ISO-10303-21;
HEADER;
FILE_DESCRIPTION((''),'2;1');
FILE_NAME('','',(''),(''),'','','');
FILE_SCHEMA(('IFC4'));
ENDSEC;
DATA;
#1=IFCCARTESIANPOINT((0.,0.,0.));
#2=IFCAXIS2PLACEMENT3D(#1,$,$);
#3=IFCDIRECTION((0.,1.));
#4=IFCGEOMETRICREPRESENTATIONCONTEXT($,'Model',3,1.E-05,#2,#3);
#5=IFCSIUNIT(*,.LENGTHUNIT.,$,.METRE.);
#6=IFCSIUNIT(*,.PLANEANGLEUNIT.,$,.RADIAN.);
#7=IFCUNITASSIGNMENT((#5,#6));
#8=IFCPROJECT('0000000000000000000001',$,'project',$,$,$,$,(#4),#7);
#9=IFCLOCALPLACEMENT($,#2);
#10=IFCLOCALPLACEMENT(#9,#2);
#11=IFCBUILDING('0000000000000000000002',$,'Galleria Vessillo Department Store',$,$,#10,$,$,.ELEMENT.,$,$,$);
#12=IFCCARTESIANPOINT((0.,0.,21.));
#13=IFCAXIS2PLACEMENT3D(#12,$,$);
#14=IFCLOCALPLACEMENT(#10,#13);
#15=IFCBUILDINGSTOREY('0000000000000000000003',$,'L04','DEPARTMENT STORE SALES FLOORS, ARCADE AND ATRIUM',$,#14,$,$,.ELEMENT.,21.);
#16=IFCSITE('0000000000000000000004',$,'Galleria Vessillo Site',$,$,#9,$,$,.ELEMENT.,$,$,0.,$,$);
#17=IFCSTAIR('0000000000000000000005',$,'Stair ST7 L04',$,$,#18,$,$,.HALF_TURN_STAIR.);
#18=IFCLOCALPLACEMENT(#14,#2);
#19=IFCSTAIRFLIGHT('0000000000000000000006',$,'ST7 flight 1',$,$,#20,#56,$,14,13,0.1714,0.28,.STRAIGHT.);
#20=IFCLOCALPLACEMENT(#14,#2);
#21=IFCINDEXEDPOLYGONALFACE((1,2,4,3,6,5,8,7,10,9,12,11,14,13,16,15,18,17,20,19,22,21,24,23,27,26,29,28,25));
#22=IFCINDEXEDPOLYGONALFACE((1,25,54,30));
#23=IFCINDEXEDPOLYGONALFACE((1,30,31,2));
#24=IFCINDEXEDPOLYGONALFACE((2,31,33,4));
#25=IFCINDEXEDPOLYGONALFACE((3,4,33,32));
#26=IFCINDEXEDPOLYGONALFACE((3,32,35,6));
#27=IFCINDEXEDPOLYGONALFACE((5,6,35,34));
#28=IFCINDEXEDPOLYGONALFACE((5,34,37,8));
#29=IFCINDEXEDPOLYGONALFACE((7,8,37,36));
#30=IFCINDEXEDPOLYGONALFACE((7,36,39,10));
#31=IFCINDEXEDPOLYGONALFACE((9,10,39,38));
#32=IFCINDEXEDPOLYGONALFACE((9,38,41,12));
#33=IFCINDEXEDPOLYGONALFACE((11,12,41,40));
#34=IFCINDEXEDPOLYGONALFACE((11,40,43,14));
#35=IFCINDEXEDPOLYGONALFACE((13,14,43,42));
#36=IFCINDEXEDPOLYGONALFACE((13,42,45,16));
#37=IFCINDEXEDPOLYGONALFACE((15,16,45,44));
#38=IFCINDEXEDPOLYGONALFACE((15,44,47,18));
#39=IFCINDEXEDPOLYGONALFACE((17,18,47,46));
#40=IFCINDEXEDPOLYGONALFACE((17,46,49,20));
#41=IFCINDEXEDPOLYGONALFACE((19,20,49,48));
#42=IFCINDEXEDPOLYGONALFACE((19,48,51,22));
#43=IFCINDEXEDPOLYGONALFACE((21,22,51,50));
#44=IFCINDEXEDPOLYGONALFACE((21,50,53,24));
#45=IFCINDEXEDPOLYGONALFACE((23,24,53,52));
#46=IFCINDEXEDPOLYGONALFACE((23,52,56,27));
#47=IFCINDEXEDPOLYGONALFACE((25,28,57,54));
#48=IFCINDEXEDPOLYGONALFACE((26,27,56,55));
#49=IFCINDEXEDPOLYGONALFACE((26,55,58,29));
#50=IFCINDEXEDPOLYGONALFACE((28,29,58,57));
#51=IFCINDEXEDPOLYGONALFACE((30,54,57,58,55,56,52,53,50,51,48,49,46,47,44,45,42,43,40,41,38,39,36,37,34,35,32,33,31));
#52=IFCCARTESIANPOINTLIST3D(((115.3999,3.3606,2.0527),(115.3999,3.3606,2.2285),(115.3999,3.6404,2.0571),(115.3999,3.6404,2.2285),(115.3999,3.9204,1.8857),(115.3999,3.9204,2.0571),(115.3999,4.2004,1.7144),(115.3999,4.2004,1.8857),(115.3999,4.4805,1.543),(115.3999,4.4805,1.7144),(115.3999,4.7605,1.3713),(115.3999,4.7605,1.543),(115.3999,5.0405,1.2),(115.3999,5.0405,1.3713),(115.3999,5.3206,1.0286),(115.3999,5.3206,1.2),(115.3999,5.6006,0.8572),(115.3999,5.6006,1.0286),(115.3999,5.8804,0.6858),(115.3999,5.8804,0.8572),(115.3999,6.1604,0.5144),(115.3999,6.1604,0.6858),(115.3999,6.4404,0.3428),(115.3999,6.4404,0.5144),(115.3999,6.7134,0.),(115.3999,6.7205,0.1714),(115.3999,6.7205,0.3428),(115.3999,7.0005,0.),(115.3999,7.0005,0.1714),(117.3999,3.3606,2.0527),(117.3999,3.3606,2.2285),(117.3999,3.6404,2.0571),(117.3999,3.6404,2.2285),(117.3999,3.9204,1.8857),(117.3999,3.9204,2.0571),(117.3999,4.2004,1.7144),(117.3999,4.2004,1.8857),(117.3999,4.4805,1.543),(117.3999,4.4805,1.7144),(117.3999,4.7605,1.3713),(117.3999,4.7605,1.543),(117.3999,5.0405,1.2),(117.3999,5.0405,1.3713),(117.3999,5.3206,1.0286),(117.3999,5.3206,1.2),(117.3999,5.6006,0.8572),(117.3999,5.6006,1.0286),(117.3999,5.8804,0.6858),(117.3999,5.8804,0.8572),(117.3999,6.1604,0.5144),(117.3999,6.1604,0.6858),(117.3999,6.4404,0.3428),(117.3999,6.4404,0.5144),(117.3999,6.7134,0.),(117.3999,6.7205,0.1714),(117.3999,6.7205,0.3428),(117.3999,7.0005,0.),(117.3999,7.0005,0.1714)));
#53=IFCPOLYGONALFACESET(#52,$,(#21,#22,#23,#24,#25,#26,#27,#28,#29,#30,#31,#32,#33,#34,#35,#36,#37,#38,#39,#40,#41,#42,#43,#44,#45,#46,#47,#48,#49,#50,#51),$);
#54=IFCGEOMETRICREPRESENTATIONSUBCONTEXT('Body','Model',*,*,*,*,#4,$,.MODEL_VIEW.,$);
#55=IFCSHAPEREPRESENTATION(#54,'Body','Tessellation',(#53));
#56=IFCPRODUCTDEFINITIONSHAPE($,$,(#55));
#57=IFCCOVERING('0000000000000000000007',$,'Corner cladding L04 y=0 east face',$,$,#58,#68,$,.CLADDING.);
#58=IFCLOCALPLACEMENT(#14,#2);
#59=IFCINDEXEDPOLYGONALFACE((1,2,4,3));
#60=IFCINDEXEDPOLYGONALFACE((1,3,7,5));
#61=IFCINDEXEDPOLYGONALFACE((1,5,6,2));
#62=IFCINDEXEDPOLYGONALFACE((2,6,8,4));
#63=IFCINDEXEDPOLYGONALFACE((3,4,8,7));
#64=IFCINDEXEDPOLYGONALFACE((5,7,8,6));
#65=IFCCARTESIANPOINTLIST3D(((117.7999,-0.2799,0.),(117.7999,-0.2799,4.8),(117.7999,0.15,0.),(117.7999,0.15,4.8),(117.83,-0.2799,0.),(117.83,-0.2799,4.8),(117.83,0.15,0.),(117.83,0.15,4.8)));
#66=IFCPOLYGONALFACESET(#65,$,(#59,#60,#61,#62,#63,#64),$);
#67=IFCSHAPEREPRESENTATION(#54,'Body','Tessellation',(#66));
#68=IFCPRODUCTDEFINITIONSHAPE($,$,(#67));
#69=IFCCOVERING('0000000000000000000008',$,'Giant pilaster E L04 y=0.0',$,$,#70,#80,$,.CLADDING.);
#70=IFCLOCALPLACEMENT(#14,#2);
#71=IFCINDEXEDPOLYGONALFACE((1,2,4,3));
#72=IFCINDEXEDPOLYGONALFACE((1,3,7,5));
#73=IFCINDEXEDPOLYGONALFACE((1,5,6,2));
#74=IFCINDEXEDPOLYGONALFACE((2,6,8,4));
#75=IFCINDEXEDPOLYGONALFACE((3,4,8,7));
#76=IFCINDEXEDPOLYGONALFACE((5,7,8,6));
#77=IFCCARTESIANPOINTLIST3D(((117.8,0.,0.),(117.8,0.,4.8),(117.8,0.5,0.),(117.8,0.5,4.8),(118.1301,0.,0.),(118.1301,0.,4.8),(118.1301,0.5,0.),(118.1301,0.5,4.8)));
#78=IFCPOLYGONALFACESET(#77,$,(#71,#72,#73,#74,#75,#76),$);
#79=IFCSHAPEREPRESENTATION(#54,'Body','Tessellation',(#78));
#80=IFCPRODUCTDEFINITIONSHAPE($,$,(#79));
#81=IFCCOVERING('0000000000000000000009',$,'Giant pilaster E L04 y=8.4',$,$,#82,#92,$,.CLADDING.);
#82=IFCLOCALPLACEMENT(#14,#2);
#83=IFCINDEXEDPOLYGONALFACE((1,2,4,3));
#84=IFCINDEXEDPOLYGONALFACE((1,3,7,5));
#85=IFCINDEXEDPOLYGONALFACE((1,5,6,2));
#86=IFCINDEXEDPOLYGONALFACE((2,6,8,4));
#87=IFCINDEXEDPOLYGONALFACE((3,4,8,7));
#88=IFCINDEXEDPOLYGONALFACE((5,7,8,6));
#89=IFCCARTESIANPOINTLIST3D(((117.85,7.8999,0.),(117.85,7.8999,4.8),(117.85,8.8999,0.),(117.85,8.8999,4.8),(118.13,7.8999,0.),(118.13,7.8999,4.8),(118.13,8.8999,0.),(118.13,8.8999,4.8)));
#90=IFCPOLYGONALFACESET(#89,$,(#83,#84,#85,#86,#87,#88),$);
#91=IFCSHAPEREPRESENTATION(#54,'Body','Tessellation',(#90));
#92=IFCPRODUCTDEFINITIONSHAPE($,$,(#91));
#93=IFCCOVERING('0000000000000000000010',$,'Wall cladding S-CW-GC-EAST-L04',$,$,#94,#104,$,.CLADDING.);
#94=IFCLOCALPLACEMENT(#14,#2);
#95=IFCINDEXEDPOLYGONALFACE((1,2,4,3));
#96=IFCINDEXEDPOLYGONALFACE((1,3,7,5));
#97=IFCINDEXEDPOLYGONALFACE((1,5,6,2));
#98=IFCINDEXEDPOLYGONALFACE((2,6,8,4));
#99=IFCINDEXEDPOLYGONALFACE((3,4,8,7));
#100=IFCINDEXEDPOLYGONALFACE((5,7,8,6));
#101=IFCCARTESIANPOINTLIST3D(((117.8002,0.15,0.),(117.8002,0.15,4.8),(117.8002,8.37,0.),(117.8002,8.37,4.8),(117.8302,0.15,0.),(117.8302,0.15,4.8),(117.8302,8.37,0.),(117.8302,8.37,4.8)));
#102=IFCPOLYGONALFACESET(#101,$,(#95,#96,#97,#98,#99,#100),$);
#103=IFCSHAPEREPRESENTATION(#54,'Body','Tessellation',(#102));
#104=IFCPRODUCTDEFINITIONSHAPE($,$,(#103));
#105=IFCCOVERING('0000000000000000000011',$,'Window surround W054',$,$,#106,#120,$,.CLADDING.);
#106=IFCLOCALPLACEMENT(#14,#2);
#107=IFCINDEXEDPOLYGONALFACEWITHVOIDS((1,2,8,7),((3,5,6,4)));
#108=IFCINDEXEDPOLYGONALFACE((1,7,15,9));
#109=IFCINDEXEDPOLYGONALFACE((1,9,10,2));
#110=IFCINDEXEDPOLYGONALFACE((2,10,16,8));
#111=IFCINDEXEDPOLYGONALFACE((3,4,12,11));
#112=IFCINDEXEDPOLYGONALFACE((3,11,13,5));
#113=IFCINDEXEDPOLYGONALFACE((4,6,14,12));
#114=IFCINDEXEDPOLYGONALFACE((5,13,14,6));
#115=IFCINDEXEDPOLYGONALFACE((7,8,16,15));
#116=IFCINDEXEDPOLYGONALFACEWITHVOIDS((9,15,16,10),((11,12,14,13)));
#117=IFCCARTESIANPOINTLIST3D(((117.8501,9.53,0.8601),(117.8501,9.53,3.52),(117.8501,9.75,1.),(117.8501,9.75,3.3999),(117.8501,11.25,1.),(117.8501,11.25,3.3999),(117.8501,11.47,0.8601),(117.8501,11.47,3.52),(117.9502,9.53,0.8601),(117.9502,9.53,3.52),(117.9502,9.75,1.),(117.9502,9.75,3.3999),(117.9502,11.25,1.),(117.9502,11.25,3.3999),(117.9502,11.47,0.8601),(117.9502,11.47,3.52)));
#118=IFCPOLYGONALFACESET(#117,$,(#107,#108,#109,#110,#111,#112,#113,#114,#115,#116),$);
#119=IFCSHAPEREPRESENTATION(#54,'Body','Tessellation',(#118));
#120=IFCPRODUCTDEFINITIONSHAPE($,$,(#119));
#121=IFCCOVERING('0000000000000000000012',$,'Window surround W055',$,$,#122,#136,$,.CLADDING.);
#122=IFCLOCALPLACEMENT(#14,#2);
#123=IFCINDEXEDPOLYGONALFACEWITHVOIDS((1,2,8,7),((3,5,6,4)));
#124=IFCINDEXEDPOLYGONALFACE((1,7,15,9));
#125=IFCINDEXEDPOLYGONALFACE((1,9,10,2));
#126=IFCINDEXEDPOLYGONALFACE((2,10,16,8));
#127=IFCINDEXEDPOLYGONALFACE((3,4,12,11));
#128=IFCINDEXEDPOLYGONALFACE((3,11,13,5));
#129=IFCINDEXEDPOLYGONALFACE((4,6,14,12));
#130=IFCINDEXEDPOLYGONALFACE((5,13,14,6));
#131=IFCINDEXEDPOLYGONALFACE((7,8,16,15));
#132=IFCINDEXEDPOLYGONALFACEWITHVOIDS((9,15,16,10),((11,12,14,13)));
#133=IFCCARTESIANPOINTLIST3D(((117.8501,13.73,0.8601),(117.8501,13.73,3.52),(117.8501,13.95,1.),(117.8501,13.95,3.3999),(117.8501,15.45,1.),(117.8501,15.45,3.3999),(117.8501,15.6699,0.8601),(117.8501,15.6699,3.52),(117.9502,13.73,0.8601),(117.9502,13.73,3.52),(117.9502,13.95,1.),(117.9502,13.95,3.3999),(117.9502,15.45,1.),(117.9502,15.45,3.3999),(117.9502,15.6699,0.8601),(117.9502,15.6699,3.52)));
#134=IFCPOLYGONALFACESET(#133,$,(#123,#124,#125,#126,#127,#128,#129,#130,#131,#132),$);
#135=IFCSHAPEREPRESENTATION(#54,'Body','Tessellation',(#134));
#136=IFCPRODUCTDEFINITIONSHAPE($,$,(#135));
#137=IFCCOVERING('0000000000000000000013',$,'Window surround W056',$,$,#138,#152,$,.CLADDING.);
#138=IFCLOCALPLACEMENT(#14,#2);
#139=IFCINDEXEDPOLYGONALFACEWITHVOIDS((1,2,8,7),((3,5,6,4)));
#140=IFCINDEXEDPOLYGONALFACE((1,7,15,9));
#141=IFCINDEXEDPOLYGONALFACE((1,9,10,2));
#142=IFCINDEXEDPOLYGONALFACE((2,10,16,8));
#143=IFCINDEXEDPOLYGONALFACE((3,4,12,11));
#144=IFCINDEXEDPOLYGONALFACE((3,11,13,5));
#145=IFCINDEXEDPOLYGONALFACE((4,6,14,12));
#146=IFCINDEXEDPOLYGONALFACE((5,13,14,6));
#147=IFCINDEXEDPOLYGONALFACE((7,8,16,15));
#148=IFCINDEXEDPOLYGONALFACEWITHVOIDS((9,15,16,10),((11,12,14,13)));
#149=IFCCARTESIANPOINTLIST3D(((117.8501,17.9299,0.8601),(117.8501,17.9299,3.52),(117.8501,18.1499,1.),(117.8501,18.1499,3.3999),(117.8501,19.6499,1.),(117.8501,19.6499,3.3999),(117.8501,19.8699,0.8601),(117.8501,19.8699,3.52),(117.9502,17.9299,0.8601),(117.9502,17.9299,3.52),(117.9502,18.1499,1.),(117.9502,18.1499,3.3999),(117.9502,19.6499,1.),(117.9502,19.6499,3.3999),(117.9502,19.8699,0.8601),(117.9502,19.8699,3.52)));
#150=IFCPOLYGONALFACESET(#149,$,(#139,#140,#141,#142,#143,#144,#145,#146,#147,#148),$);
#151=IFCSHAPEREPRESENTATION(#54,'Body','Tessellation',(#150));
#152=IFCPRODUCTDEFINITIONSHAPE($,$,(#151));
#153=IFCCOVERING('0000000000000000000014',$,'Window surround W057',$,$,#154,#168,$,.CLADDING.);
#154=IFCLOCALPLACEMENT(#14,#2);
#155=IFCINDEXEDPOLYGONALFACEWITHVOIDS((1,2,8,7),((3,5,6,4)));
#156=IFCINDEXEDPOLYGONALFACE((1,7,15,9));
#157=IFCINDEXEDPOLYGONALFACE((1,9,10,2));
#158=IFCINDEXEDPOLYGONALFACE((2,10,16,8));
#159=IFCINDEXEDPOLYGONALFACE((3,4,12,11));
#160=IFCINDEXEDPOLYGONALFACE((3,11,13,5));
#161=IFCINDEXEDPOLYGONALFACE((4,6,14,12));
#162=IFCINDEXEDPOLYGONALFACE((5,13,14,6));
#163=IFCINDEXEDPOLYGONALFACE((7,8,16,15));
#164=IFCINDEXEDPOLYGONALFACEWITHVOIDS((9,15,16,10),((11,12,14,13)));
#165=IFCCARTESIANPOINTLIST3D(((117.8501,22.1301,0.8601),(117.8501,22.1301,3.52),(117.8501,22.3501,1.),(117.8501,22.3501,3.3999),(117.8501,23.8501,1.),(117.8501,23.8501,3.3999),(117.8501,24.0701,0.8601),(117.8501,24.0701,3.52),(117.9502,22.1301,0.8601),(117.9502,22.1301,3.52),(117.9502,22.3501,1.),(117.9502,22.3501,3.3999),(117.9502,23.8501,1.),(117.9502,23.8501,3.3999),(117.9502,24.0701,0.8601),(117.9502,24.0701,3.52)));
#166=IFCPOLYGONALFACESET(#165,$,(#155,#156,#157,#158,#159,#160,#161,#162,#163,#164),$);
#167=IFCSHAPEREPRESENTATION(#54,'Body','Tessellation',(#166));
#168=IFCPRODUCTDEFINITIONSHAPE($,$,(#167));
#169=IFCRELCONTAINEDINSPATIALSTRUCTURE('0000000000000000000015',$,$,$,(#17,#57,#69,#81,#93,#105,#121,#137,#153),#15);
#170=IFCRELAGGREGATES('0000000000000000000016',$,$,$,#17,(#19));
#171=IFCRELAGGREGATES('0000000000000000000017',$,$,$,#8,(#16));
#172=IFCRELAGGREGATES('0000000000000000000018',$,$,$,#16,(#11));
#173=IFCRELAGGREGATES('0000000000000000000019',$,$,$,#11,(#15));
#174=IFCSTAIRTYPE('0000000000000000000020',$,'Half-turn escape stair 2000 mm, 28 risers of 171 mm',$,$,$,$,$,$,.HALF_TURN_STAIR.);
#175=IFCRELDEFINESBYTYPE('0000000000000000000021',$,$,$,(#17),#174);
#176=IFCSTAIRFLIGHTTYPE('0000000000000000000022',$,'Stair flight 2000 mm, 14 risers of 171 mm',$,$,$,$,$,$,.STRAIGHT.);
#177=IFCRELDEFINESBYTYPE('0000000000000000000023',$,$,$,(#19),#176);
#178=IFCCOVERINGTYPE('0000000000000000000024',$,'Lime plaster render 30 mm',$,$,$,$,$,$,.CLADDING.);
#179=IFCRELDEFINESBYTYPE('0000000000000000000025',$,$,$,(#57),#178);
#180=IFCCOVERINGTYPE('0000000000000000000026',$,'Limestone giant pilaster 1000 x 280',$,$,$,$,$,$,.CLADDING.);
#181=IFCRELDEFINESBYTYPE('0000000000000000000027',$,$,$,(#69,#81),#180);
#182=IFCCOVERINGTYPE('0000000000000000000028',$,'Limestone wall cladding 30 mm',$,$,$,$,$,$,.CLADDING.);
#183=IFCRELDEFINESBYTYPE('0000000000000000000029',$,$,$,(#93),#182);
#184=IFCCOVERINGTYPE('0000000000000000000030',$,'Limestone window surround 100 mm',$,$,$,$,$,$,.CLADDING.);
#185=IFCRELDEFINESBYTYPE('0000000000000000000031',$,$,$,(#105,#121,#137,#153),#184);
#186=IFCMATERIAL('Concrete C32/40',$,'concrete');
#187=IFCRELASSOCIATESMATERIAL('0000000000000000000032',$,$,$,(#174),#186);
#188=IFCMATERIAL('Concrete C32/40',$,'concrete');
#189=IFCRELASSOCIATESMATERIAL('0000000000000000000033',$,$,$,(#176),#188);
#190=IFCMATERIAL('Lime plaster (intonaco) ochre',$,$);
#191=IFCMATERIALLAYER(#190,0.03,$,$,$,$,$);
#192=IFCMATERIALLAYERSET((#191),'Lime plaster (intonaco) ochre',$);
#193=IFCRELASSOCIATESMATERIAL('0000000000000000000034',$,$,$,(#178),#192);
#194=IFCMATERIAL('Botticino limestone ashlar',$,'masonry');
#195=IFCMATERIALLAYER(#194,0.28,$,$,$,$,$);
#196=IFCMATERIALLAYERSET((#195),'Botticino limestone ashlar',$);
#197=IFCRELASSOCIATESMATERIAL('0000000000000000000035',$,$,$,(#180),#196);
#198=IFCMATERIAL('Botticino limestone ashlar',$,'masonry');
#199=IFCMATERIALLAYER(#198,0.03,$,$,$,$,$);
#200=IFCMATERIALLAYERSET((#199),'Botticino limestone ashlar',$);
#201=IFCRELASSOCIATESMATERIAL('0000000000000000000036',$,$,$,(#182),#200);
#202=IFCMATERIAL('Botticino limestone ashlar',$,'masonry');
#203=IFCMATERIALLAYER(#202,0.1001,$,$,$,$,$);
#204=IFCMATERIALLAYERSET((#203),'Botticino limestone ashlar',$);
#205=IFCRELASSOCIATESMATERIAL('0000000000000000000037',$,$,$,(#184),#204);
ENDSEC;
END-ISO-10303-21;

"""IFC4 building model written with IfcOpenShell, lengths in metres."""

from ifc_helpers import new_model, si_unit, direction, frame, origin, origin_2d, place, context, subcontext, project, spatial, polyline, rectangle, outline, extrude, material, layer, layer_set, type_object, element, aggregate, save


model = new_model("IFC4")

# Units and contexts
model_context = context("Model", 3, precision=1e-05, world=origin(), true_north=direction((0.0, 1.0)))
body_context = subcontext(model_context, "Body", "Model", "MODEL_VIEW")
ifc_project = project(units=[si_unit("LENGTHUNIT", "METRE"), si_unit("PLANEANGLEUNIT", "RADIAN")], contexts=[model_context])

# Site, building, storey
site_placement = place(None, origin())
site = spatial("IfcSite", under=ifc_project, at=site_placement, Name="Galleria Vessillo Site", CompositionType="ELEMENT", RefElevation=0.0)
building_placement = place(site_placement, origin())
building = spatial("IfcBuilding", under=site, at=building_placement, Name="Galleria Vessillo Department Store", CompositionType="ELEMENT")
storey_placement = place(building_placement, frame((0.0, 0.0, 21.0)))
storey = spatial("IfcBuildingStorey", under=building, at=storey_placement, Name="L04", Description="DEPARTMENT STORE SALES FLOORS, ARCADE AND ATRIUM", CompositionType="ELEMENT", Elevation=21.0)

# Stair, stair flight
ifc_material_1 = material(Name="Concrete C32/40", Category="concrete")
stair_type = type_object("IfcStairType", Name="Half-turn escape stair 2000 mm, 28 risers of 171 mm", PredefinedType="HALF_TURN_STAIR", material=ifc_material_1)
stair_placement = place(storey_placement, origin())
stair = element("IfcStair", 1, at=stair_placement, inside=storey, type_object=stair_type, Name="Stair ST7 L04", PredefinedType="HALF_TURN_STAIR")
ifc_material_2 = material(Name="Concrete C32/40", Category="concrete")
stair_flight_type = type_object("IfcStairFlightType", Name="Stair flight 2000 mm, 14 risers of 171 mm", PredefinedType="STRAIGHT", material=ifc_material_2)
stair_flight_placement = place(storey_placement, frame((116.3999, 7.0005, 0.0), z_axis=(0.0, 0.0, 1.0), x_axis=(0.0, -1.0, 0.0)))
stair_flight = element("IfcStairFlight", 2, at=stair_flight_placement, type_object=stair_flight_type, Name="ST7 flight 1", NumberOfRisers=14, NumberOfTreads=13, PredefinedType="STRAIGHT", RiserHeight=0.1714, TreadLength=0.28, context=body_context, shape_type="SweptSolid", body=[
    extrude(outline(polyline([(0.0, 0.0), (0.0, 0.1714), (0.28, 0.1714), (0.28, 0.3428), (0.5601, 0.3428), (0.5601, 0.5144), (0.8401, 0.5144), (0.8401, 0.6858), (1.1201, 0.6858), (1.1201, 0.8572), (1.3999, 0.8572), (1.3999, 1.0286), (1.6799, 1.0286), (1.6799, 1.2), (1.96, 1.2), (1.96, 1.3713), (2.24, 1.3713), (2.24, 1.543), (2.52, 1.543), (2.52, 1.7144), (2.8, 1.7144), (2.8, 1.8857), (3.0801, 1.8857), (3.0801, 2.0571), (3.3601, 2.0571), (3.3601, 2.2285), (3.6399, 2.2285), (3.6399, 2.3999), (3.6399, 2.0527), (0.2871, 0.0), (0.0, 0.0)])), frame((0.0, 1.0, 0.0), z_axis=(0.0, -1.0, 0.0), x_axis=(1.0, 0.0, 0.0)), (0.0, 0.0, 1.0), 2.0),
])
aggregate(stair, [stair_flight])

# Coverings
ifc_material_3 = material(Name="Lime plaster (intonaco) ochre")
ifc_layer_1 = layer(ifc_material_3, 0.03)
ifc_layer_set_1 = layer_set([ifc_layer_1], Name="Lime plaster (intonaco) ochre")
covering_type_1 = type_object("IfcCoveringType", Name="Lime plaster render 30 mm", PredefinedType="CLADDING", material=ifc_layer_set_1)
covering_1_placement = place(storey_placement, frame((117.8149, -0.0649, 0.0), z_axis=(0.0, 0.0, 1.0), x_axis=(1.0, 0.0, 0.0)))
element("IfcCovering", 3, at=covering_1_placement, inside=storey, type_object=covering_type_1, Name="Corner cladding L04 y=0 east face", PredefinedType="CLADDING", context=body_context, shape_type="SweptSolid", body=[
    extrude(rectangle(XDim=0.03, YDim=0.4299, at=origin_2d()), origin(), (0.0, 0.0, 1.0), 4.8),
])
ifc_material_4 = material(Name="Botticino limestone ashlar", Category="masonry")
ifc_layer_2 = layer(ifc_material_4, 0.28)
ifc_layer_set_2 = layer_set([ifc_layer_2], Name="Botticino limestone ashlar")
covering_type_2 = type_object("IfcCoveringType", Name="Limestone giant pilaster 1000 x 280", PredefinedType="CLADDING", material=ifc_layer_set_2)
covering_2_placement = place(storey_placement, frame((117.9651, 0.25, 0.0), z_axis=(0.0, 0.0, 1.0), x_axis=(1.0, 0.0, 0.0)))
element("IfcCovering", 4, at=covering_2_placement, inside=storey, type_object=covering_type_2, Name="Giant pilaster E L04 y=0.0", PredefinedType="CLADDING", context=body_context, shape_type="SweptSolid", body=[
    extrude(rectangle(XDim=0.3301, YDim=0.5, at=origin_2d()), origin(), (0.0, 0.0, 1.0), 4.8),
])
covering_3_placement = place(storey_placement, frame((117.99, 8.3999, 0.0), z_axis=(0.0, 0.0, 1.0), x_axis=(1.0, 0.0, 0.0)))
element("IfcCovering", 5, at=covering_3_placement, inside=storey, type_object=covering_type_2, Name="Giant pilaster E L04 y=8.4", PredefinedType="CLADDING", context=body_context, shape_type="SweptSolid", body=[
    extrude(rectangle(XDim=0.28, YDim=1.0, at=origin_2d()), origin(), (0.0, 0.0, 1.0), 4.8),
])
ifc_material_5 = material(Name="Botticino limestone ashlar", Category="masonry")
ifc_layer_3 = layer(ifc_material_5, 0.03)
ifc_layer_set_3 = layer_set([ifc_layer_3], Name="Botticino limestone ashlar")
covering_type_3 = type_object("IfcCoveringType", Name="Limestone wall cladding 30 mm", PredefinedType="CLADDING", material=ifc_layer_set_3)
covering_4_placement = place(storey_placement, frame((117.8152, 4.26, 0.0), z_axis=(0.0, 0.0, 1.0), x_axis=(1.0, 0.0, 0.0)))
element("IfcCovering", 6, at=covering_4_placement, inside=storey, type_object=covering_type_3, Name="Wall cladding S-CW-GC-EAST-L04", PredefinedType="CLADDING", context=body_context, shape_type="SweptSolid", body=[
    extrude(rectangle(XDim=0.03, YDim=8.22, at=origin_2d()), origin(), (0.0, 0.0, 1.0), 4.8),
])
ifc_material_6 = material(Name="Botticino limestone ashlar", Category="masonry")
ifc_layer_4 = layer(ifc_material_6, 0.1001)
ifc_layer_set_4 = layer_set([ifc_layer_4], Name="Botticino limestone ashlar")
covering_type_4 = type_object("IfcCoveringType", Name="Limestone window surround 100 mm", PredefinedType="CLADDING", material=ifc_layer_set_4)
covering_5_placement = place(storey_placement, frame((117.8501, 0.0, 1.0), z_axis=(1.0, 0.0, 0.0), x_axis=(0.0, 1.0, 0.0)))
element("IfcCovering", 7, at=covering_5_placement, inside=storey, type_object=covering_type_4, Name="Window surround W054", PredefinedType="CLADDING", context=body_context, shape_type="SweptSolid", body=[
    extrude(outline(polyline([(9.53, -0.1399), (11.47, -0.1399), (11.47, 2.52), (9.53, 2.52), (9.53, -0.1399)]), holes=[polyline([(9.75, 0.0), (11.25, 0.0), (11.25, 2.3999), (9.75, 2.3999), (9.75, 0.0)])]), origin(), (0.0, 0.0, 1.0), 0.1001),
])
covering_6_placement = place(storey_placement, frame((117.8501, 0.0, 1.0), z_axis=(1.0, 0.0, 0.0), x_axis=(0.0, 1.0, 0.0)))
element("IfcCovering", 8, at=covering_6_placement, inside=storey, type_object=covering_type_4, Name="Window surround W055", PredefinedType="CLADDING", context=body_context, shape_type="SweptSolid", body=[
    extrude(outline(polyline([(13.73, -0.1399), (15.6699, -0.1399), (15.6699, 2.52), (13.73, 2.52), (13.73, -0.1399)]), holes=[polyline([(13.95, 0.0), (15.45, 0.0), (15.45, 2.3999), (13.95, 2.3999), (13.95, 0.0)])]), origin(), (0.0, 0.0, 1.0), 0.1001),
])
covering_7_placement = place(storey_placement, frame((117.8501, 0.0, 1.0), z_axis=(1.0, 0.0, 0.0), x_axis=(0.0, 1.0, 0.0)))
element("IfcCovering", 9, at=covering_7_placement, inside=storey, type_object=covering_type_4, Name="Window surround W056", PredefinedType="CLADDING", context=body_context, shape_type="SweptSolid", body=[
    extrude(outline(polyline([(17.9299, -0.1399), (19.8699, -0.1399), (19.8699, 2.52), (17.9299, 2.52), (17.9299, -0.1399)]), holes=[polyline([(18.1499, 0.0), (19.6499, 0.0), (19.6499, 2.3999), (18.1499, 2.3999), (18.1499, 0.0)])]), origin(), (0.0, 0.0, 1.0), 0.1001),
])
covering_8_placement = place(storey_placement, frame((117.8501, 0.0, 1.0), z_axis=(1.0, 0.0, 0.0), x_axis=(0.0, 1.0, 0.0)))
element("IfcCovering", 10, at=covering_8_placement, inside=storey, type_object=covering_type_4, Name="Window surround W057", PredefinedType="CLADDING", context=body_context, shape_type="SweptSolid", body=[
    extrude(outline(polyline([(22.1301, -0.1399), (24.0701, -0.1399), (24.0701, 2.52), (22.1301, 2.52), (22.1301, -0.1399)]), holes=[polyline([(22.3501, 0.0), (23.8501, 0.0), (23.8501, 2.3999), (22.3501, 2.3999), (22.3501, 0.0)])]), origin(), (0.0, 0.0, 1.0), 0.1001),
])

save(model, "model.ifc")
